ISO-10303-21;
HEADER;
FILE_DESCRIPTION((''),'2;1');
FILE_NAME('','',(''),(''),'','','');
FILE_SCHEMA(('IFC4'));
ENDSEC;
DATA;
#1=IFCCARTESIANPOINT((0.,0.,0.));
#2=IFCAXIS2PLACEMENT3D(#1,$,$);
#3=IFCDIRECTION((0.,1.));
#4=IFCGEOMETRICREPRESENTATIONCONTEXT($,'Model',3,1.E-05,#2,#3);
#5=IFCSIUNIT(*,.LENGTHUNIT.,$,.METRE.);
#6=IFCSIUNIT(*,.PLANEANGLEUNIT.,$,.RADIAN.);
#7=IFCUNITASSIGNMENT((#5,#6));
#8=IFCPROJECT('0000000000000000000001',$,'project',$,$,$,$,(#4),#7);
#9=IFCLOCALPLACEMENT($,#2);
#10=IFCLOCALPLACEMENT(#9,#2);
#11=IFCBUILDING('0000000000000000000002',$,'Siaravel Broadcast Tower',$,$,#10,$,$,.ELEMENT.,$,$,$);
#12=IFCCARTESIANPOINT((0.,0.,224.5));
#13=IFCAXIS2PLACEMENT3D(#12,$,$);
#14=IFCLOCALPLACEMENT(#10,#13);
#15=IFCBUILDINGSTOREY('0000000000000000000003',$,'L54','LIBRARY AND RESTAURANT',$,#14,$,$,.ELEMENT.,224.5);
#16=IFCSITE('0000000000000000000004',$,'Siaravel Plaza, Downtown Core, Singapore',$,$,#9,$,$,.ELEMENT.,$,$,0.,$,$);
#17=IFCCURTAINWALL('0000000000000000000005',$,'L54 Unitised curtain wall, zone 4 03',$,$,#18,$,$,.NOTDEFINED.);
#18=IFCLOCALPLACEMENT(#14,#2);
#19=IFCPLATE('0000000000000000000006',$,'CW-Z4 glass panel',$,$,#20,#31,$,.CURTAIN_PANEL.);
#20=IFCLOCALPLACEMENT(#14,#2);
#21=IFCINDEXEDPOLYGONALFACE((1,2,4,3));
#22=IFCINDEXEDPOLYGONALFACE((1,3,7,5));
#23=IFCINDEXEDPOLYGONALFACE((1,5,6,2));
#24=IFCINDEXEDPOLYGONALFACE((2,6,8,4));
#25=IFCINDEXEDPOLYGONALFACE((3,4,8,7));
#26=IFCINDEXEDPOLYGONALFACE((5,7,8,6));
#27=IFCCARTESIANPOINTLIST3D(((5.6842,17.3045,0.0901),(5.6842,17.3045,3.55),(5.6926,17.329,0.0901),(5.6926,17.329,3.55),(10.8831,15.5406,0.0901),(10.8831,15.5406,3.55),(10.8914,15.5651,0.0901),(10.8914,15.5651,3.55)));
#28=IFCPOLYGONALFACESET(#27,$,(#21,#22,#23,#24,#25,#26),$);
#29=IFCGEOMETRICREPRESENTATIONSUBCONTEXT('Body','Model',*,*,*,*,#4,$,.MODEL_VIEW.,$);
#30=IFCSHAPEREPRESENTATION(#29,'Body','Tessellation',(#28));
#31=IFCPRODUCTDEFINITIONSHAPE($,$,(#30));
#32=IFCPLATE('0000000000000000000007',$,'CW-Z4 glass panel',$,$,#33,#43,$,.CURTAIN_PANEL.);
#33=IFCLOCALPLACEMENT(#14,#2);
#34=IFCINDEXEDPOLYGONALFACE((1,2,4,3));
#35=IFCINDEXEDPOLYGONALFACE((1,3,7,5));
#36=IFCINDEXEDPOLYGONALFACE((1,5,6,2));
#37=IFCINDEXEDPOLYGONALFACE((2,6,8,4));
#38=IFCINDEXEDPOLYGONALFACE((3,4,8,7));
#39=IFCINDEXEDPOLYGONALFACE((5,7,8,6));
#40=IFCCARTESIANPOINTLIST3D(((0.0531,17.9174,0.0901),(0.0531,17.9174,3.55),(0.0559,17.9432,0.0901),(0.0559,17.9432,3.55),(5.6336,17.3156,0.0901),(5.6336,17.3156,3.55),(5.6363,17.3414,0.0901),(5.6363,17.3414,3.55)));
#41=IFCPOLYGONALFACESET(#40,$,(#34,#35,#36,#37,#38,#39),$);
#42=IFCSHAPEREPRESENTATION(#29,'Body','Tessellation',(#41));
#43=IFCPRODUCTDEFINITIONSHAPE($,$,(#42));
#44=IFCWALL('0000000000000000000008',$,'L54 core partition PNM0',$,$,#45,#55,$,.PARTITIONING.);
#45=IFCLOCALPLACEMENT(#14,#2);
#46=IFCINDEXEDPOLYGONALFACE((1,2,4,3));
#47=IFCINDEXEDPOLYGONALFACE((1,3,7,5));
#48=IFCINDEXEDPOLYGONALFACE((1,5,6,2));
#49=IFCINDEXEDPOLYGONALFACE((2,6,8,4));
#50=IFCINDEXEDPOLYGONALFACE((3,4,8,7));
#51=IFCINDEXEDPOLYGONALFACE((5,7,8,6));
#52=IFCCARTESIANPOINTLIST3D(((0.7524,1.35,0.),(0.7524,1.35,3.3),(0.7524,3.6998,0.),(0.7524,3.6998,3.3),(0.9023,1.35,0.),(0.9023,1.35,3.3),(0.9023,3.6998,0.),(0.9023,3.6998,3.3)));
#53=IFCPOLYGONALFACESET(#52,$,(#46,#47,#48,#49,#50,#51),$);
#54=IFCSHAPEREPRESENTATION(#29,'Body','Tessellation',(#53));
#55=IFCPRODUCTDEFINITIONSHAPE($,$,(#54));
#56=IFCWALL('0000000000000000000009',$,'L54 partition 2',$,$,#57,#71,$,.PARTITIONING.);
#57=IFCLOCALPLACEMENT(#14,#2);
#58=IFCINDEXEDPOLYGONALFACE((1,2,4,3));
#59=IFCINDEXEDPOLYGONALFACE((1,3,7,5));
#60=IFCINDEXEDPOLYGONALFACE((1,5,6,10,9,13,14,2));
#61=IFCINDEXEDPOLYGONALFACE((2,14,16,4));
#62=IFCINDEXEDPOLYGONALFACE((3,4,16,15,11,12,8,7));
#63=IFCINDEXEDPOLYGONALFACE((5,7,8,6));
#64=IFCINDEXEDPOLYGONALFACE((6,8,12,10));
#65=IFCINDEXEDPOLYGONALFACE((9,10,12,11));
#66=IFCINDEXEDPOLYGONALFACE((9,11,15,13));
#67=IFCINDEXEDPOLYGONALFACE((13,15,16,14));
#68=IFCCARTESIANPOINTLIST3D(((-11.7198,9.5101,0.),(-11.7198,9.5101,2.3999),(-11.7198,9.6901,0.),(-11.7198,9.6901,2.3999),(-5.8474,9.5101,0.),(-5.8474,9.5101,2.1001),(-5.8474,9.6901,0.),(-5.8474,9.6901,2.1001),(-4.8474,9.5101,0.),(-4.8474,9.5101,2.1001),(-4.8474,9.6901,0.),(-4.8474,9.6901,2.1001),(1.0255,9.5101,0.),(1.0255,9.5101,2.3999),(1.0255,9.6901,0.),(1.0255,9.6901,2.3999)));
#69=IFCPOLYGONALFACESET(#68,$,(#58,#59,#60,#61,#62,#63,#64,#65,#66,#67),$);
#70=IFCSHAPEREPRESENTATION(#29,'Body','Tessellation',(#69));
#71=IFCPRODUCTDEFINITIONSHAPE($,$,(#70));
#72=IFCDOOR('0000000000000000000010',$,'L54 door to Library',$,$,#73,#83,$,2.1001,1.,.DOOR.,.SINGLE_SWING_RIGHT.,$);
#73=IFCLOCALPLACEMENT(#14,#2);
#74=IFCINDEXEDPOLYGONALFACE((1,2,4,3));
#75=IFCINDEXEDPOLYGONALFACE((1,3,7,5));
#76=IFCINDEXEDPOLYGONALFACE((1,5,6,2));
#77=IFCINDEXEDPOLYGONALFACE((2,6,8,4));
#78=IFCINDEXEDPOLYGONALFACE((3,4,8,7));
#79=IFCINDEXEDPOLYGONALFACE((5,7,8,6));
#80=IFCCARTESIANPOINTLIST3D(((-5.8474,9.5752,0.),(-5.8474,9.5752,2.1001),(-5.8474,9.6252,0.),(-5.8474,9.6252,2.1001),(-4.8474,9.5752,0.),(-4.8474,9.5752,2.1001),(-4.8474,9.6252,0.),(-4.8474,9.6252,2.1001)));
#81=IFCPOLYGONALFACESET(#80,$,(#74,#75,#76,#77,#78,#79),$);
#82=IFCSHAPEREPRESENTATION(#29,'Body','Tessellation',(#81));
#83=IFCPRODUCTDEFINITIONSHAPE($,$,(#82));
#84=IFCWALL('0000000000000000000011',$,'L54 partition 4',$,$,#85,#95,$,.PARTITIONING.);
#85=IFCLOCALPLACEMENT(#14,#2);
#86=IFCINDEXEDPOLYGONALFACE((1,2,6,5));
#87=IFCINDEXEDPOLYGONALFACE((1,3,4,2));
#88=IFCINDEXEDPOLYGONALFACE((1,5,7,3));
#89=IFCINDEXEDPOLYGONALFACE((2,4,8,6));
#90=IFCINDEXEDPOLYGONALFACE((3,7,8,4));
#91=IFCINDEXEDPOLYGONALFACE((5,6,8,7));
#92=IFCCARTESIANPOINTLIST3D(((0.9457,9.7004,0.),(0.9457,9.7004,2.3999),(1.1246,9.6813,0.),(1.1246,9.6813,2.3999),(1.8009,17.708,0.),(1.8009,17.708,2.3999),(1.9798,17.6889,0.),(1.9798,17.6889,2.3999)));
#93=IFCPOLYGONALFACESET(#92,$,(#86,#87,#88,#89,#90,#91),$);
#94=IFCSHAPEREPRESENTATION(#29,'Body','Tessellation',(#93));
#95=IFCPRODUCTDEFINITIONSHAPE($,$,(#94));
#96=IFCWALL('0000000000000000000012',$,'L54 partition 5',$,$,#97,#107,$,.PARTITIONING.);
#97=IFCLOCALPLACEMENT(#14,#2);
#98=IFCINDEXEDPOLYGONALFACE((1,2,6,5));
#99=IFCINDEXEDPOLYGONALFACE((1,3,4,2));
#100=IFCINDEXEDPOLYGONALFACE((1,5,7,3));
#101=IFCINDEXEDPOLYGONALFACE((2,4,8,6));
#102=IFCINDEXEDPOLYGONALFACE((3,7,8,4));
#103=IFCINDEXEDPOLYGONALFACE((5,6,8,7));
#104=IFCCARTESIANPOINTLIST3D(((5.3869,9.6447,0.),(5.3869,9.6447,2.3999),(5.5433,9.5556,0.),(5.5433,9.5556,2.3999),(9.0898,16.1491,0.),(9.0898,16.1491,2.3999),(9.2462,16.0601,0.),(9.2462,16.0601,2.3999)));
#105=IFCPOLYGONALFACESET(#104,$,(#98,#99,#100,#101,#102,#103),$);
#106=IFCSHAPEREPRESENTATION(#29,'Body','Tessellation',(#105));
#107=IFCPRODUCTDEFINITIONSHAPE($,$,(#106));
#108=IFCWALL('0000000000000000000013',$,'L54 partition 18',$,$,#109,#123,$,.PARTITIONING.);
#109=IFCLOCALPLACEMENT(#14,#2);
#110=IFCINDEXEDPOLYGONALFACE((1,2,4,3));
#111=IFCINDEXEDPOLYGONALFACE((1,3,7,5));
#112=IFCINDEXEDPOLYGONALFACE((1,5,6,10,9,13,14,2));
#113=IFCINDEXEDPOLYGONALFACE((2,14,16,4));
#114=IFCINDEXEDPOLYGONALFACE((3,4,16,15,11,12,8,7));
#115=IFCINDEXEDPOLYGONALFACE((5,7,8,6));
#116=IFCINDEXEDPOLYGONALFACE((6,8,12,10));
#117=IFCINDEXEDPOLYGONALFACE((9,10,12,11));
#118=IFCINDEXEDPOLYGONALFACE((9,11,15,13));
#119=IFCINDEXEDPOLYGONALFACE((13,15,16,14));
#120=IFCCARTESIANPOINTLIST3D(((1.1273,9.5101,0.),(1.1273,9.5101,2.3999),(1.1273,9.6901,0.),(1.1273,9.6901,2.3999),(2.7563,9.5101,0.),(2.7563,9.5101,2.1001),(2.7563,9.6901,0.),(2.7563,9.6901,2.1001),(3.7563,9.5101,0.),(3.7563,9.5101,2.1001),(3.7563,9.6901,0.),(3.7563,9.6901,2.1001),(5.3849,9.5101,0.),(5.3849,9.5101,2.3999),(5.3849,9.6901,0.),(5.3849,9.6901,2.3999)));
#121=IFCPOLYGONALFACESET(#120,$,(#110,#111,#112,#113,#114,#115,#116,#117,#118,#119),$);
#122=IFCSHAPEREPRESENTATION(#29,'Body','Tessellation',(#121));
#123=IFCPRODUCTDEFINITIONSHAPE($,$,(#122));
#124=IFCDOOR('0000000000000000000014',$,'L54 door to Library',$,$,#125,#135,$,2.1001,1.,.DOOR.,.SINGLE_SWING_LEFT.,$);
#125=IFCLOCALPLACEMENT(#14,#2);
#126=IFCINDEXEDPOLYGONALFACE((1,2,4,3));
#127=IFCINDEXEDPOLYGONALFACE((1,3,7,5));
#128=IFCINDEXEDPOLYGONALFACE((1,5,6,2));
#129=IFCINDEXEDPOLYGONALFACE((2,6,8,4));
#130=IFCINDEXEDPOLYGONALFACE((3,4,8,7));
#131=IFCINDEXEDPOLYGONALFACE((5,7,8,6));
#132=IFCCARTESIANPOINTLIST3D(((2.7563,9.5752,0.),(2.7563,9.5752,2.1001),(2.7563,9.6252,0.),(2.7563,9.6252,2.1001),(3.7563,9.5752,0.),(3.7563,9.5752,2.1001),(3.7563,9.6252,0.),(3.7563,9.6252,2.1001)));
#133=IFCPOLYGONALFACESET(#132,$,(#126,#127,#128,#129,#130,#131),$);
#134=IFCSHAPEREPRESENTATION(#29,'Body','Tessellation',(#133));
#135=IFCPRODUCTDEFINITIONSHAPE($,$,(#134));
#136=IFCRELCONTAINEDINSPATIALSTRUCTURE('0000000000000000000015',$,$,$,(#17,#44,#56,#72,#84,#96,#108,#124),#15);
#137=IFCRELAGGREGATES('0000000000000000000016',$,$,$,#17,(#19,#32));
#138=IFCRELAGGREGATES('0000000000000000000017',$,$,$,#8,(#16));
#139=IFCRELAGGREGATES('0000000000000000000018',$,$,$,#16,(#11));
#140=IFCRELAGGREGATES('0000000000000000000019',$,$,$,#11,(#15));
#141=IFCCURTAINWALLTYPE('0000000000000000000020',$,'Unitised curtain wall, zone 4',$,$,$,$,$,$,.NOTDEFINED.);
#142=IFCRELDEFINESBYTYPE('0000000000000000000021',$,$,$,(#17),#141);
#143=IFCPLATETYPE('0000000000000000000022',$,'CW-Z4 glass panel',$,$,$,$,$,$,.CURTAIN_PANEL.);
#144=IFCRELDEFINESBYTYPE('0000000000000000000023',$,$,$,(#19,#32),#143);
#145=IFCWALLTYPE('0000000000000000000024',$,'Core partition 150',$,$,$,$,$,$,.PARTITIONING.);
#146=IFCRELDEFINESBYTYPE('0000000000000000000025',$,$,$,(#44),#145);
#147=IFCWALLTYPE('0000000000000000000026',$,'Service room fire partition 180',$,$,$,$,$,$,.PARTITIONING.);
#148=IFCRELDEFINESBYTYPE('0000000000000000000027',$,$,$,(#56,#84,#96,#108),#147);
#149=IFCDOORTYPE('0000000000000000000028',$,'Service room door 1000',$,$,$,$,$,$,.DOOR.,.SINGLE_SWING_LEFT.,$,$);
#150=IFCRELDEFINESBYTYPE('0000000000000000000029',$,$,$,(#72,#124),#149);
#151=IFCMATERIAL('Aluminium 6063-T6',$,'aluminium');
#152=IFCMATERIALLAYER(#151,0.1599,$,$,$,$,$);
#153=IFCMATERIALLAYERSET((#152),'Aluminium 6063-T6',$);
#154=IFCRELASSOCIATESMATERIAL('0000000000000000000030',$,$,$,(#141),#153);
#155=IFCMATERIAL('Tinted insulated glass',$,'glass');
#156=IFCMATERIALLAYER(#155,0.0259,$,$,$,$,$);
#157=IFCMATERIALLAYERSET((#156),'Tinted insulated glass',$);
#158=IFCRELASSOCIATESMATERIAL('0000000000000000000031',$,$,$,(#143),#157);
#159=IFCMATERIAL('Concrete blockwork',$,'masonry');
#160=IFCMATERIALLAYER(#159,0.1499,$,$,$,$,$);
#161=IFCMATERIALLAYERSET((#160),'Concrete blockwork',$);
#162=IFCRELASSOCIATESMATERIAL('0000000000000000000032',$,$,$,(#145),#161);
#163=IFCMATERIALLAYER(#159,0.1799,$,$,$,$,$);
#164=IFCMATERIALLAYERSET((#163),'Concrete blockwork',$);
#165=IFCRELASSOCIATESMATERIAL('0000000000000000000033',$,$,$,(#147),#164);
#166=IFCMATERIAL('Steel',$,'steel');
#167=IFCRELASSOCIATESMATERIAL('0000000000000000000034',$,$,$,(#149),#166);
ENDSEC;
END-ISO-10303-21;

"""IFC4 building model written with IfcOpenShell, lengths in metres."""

from ifc_helpers import new_model, si_unit, direction, frame, frame_2d, origin, origin_2d, place, context, subcontext, project, spatial, rectangle, extrude, material, layer, layer_set, type_object, element, fill, aggregate, save


model = new_model("IFC4")

# Units and contexts
model_context = context("Model", 3, precision=1e-05, world=origin(), true_north=direction((0.0, 1.0)))
body_context = subcontext(model_context, "Body", "Model", "MODEL_VIEW")
ifc_project = project(units=[si_unit("LENGTHUNIT", "METRE"), si_unit("PLANEANGLEUNIT", "RADIAN")], contexts=[model_context])

# Site, building, storey
site_placement = place(None, origin())
site = spatial("IfcSite", under=ifc_project, at=site_placement, Name="Siaravel Plaza, Downtown Core, Singapore", CompositionType="ELEMENT", RefElevation=0.0)
building_placement = place(site_placement, origin())
building = spatial("IfcBuilding", under=site, at=building_placement, Name="Siaravel Broadcast Tower", CompositionType="ELEMENT")
storey_placement = place(building_placement, frame((0.0, 0.0, 224.5)))
storey = spatial("IfcBuildingStorey", under=building, at=storey_placement, Name="L54", Description="LIBRARY AND RESTAURANT", CompositionType="ELEMENT", Elevation=224.5)

# Curtain wall, plates
ifc_material_1 = material(Name="Aluminium 6063-T6", Category="aluminium")
ifc_layer_1 = layer(ifc_material_1, 0.1599)
ifc_layer_set_1 = layer_set([ifc_layer_1], Name="Aluminium 6063-T6")
curtain_wall_type = type_object("IfcCurtainWallType", Name="Unitised curtain wall, zone 4", PredefinedType="NOTDEFINED", material=ifc_layer_set_1)
curtain_wall_placement = place(storey_placement, origin())
curtain_wall = element("IfcCurtainWall", 1, at=curtain_wall_placement, inside=storey, type_object=curtain_wall_type, Name="L54 Unitised curtain wall, zone 4 03", PredefinedType="NOTDEFINED")
ifc_material_2 = material(Name="Tinted insulated glass", Category="glass")
ifc_layer_2 = layer(ifc_material_2, 0.0259)
ifc_layer_set_2 = layer_set([ifc_layer_2], Name="Tinted insulated glass")
plate_type = type_object("IfcPlateType", Name="CW-Z4 glass panel", PredefinedType="CURTAIN_PANEL", material=ifc_layer_set_2)
plate_1_placement = place(storey_placement, frame((8.2878, 16.4348, 0.0901), z_axis=(0.0, 0.0, 1.0), x_axis=(-0.946977, 0.321301, 0.0)))
plate_1 = element("IfcPlate", 2, at=plate_1_placement, type_object=plate_type, Name="CW-Z4 glass panel", PredefinedType="CURTAIN_PANEL", context=body_context, shape_type="SweptSolid", body=[
    extrude(rectangle(XDim=5.49, YDim=0.0259, at=origin_2d()), origin(), (0.0, 0.0, 1.0), 3.46),
])
plate_2_placement = place(storey_placement, frame((2.8447, 17.6294, 0.0901), z_axis=(0.0, 0.0, 1.0), x_axis=(-0.994236, 0.107218, 0.0)))
plate_2 = element("IfcPlate", 3, at=plate_2_placement, type_object=plate_type, Name="CW-Z4 glass panel", PredefinedType="CURTAIN_PANEL", context=body_context, shape_type="SweptSolid", body=[
    extrude(rectangle(XDim=5.6128, YDim=0.0259, at=origin_2d()), origin(), (0.0, 0.0, 1.0), 3.46),
])
aggregate(curtain_wall, [plate_1, plate_2])

# Wall
ifc_material_3 = material(Name="Concrete blockwork", Category="masonry")
ifc_layer_3 = layer(ifc_material_3, 0.1499)
ifc_layer_set_3 = layer_set([ifc_layer_3], Name="Concrete blockwork")
wall_type_1 = type_object("IfcWallType", Name="Core partition 150", PredefinedType="PARTITIONING", material=ifc_layer_set_3)
wall_1_placement = place(storey_placement, frame((0.8274, 1.3501, 0.0), z_axis=(0.0, 0.0, 1.0), x_axis=(0.0, 1.0, 0.0)))
element("IfcWall", 4, at=wall_1_placement, inside=storey, type_object=wall_type_1, Name="L54 core partition PNM0", PredefinedType="PARTITIONING", context=body_context, shape_type="SweptSolid", body=[
    extrude(rectangle(XDim=2.3499, YDim=0.1499, at=frame_2d((1.1748, 0.0))), origin(), (0.0, 0.0, 1.0), 3.3),
])

# Wall, opening, door
ifc_layer_4 = layer(ifc_material_3, 0.1799)
ifc_layer_set_4 = layer_set([ifc_layer_4], Name="Concrete blockwork")
wall_type_2 = type_object("IfcWallType", Name="Service room fire partition 180", PredefinedType="PARTITIONING", material=ifc_layer_set_4)
wall_2_placement = place(storey_placement, frame((1.0254, 9.6001, 0.0), z_axis=(0.0, 0.0, 1.0), x_axis=(-1.0, 0.0, 0.0)))
wall_2 = element("IfcWall", 5, at=wall_2_placement, inside=storey, type_object=wall_type_2, Name="L54 partition 2", PredefinedType="PARTITIONING", context=body_context, shape_type="SweptSolid", body=[
    extrude(rectangle(XDim=12.7454, YDim=0.1799, at=frame_2d((6.3726, 0.0))), origin(), (0.0, 0.0, 1.0), 2.3999),
])
opening_1_placement = place(wall_2_placement, frame((5.8728, 0.0, 0.0)))
opening_1 = element("IfcOpeningElement", 6, at=opening_1_placement, cuts=wall_2, PredefinedType="OPENING", context=body_context, shape_type="SweptSolid", body=[
    extrude(rectangle(XDim=1.0, YDim=2.1001, at=frame_2d((0.5, 1.05))), frame((0.0, 0.0999, 0.0), z_axis=(0.0, -1.0, 0.0), x_axis=(1.0, 0.0, 0.0)), (0.0, 0.0, 1.0), 0.2),
])
ifc_material_4 = material(Name="Steel", Category="steel")
door_type_1 = type_object("IfcDoorType", Name="Service room door 1000", OperationType="SINGLE_SWING_LEFT", PredefinedType="DOOR", material=ifc_material_4)
door_1_placement = place(opening_1_placement, origin())
door_1 = element("IfcDoor", 7, at=door_1_placement, inside=storey, type_object=door_type_1, Name="L54 door to Library", OperationType="SINGLE_SWING_RIGHT", OverallHeight=2.1001, OverallWidth=1.0, PredefinedType="DOOR", context=body_context, shape_type="SweptSolid", body=[
    extrude(rectangle(XDim=1.0, YDim=2.1001, at=frame_2d((0.5, 1.05))), frame((0.0, 0.0249, 0.0), z_axis=(0.0, -1.0, 0.0), x_axis=(1.0, 0.0, 0.0)), (0.0, 0.0, 1.0), 0.05),
])
fill(opening_1, door_1)

# Walls
wall_3_placement = place(storey_placement, frame((1.8904, 17.6985, 0.0), z_axis=(0.0, 0.0, 1.0), x_axis=(-0.106198, -0.994345, 0.0)))
element("IfcWall", 8, at=wall_3_placement, inside=storey, type_object=wall_type_2, Name="L54 partition 4", PredefinedType="PARTITIONING", context=body_context, shape_type="SweptSolid", body=[
    extrude(rectangle(XDim=8.0532, YDim=0.1799, at=frame_2d((4.0266, 0.0))), origin(), (0.0, 0.0, 1.0), 2.3999),
])
wall_4_placement = place(storey_placement, frame((9.168, 16.1045, 0.0), z_axis=(0.0, 0.0, 1.0), x_axis=(-0.494737, -0.869043, 0.0)))
element("IfcWall", 9, at=wall_4_placement, inside=storey, type_object=wall_type_2, Name="L54 partition 5", PredefinedType="PARTITIONING", context=body_context, shape_type="SweptSolid", body=[
    extrude(rectangle(XDim=7.4846, YDim=0.1799, at=frame_2d((3.7422, 0.0))), origin(), (0.0, 0.0, 1.0), 2.3999),
])

# Wall, opening, door
wall_5_placement = place(storey_placement, frame((5.385, 9.6001, 0.0), z_axis=(0.0, 0.0, 1.0), x_axis=(-1.0, 0.0, 0.0)))
wall_5 = element("IfcWall", 10, at=wall_5_placement, inside=storey, type_object=wall_type_2, Name="L54 partition 18", PredefinedType="PARTITIONING", context=body_context, shape_type="SweptSolid", body=[
    extrude(rectangle(XDim=4.2576, YDim=0.1799, at=frame_2d((2.1289, 0.0))), origin(), (0.0, 0.0, 1.0), 2.3999),
])
opening_2_placement = place(wall_5_placement, frame((1.6287, 0.0, 0.0)))
opening_2 = element("IfcOpeningElement", 11, at=opening_2_placement, cuts=wall_5, PredefinedType="OPENING", context=body_context, shape_type="SweptSolid", body=[
    extrude(rectangle(XDim=1.0, YDim=2.1001, at=frame_2d((0.5, 1.05))), frame((0.0, 0.0999, 0.0), z_axis=(0.0, -1.0, 0.0), x_axis=(1.0, 0.0, 0.0)), (0.0, 0.0, 1.0), 0.2),
])
door_2_placement = place(opening_2_placement, origin())
door_2 = element("IfcDoor", 12, at=door_2_placement, inside=storey, type_object=door_type_1, Name="L54 door to Library", OperationType="SINGLE_SWING_LEFT", OverallHeight=2.1001, OverallWidth=1.0, PredefinedType="DOOR", context=body_context, shape_type="SweptSolid", body=[
    extrude(rectangle(XDim=1.0, YDim=2.1001, at=frame_2d((0.5, 1.05))), frame((0.0, 0.0249, 0.0), z_axis=(0.0, -1.0, 0.0), x_axis=(1.0, 0.0, 0.0)), (0.0, 0.0, 1.0), 0.05),
])
fill(opening_2, door_2)

save(model, "model.ifc")
